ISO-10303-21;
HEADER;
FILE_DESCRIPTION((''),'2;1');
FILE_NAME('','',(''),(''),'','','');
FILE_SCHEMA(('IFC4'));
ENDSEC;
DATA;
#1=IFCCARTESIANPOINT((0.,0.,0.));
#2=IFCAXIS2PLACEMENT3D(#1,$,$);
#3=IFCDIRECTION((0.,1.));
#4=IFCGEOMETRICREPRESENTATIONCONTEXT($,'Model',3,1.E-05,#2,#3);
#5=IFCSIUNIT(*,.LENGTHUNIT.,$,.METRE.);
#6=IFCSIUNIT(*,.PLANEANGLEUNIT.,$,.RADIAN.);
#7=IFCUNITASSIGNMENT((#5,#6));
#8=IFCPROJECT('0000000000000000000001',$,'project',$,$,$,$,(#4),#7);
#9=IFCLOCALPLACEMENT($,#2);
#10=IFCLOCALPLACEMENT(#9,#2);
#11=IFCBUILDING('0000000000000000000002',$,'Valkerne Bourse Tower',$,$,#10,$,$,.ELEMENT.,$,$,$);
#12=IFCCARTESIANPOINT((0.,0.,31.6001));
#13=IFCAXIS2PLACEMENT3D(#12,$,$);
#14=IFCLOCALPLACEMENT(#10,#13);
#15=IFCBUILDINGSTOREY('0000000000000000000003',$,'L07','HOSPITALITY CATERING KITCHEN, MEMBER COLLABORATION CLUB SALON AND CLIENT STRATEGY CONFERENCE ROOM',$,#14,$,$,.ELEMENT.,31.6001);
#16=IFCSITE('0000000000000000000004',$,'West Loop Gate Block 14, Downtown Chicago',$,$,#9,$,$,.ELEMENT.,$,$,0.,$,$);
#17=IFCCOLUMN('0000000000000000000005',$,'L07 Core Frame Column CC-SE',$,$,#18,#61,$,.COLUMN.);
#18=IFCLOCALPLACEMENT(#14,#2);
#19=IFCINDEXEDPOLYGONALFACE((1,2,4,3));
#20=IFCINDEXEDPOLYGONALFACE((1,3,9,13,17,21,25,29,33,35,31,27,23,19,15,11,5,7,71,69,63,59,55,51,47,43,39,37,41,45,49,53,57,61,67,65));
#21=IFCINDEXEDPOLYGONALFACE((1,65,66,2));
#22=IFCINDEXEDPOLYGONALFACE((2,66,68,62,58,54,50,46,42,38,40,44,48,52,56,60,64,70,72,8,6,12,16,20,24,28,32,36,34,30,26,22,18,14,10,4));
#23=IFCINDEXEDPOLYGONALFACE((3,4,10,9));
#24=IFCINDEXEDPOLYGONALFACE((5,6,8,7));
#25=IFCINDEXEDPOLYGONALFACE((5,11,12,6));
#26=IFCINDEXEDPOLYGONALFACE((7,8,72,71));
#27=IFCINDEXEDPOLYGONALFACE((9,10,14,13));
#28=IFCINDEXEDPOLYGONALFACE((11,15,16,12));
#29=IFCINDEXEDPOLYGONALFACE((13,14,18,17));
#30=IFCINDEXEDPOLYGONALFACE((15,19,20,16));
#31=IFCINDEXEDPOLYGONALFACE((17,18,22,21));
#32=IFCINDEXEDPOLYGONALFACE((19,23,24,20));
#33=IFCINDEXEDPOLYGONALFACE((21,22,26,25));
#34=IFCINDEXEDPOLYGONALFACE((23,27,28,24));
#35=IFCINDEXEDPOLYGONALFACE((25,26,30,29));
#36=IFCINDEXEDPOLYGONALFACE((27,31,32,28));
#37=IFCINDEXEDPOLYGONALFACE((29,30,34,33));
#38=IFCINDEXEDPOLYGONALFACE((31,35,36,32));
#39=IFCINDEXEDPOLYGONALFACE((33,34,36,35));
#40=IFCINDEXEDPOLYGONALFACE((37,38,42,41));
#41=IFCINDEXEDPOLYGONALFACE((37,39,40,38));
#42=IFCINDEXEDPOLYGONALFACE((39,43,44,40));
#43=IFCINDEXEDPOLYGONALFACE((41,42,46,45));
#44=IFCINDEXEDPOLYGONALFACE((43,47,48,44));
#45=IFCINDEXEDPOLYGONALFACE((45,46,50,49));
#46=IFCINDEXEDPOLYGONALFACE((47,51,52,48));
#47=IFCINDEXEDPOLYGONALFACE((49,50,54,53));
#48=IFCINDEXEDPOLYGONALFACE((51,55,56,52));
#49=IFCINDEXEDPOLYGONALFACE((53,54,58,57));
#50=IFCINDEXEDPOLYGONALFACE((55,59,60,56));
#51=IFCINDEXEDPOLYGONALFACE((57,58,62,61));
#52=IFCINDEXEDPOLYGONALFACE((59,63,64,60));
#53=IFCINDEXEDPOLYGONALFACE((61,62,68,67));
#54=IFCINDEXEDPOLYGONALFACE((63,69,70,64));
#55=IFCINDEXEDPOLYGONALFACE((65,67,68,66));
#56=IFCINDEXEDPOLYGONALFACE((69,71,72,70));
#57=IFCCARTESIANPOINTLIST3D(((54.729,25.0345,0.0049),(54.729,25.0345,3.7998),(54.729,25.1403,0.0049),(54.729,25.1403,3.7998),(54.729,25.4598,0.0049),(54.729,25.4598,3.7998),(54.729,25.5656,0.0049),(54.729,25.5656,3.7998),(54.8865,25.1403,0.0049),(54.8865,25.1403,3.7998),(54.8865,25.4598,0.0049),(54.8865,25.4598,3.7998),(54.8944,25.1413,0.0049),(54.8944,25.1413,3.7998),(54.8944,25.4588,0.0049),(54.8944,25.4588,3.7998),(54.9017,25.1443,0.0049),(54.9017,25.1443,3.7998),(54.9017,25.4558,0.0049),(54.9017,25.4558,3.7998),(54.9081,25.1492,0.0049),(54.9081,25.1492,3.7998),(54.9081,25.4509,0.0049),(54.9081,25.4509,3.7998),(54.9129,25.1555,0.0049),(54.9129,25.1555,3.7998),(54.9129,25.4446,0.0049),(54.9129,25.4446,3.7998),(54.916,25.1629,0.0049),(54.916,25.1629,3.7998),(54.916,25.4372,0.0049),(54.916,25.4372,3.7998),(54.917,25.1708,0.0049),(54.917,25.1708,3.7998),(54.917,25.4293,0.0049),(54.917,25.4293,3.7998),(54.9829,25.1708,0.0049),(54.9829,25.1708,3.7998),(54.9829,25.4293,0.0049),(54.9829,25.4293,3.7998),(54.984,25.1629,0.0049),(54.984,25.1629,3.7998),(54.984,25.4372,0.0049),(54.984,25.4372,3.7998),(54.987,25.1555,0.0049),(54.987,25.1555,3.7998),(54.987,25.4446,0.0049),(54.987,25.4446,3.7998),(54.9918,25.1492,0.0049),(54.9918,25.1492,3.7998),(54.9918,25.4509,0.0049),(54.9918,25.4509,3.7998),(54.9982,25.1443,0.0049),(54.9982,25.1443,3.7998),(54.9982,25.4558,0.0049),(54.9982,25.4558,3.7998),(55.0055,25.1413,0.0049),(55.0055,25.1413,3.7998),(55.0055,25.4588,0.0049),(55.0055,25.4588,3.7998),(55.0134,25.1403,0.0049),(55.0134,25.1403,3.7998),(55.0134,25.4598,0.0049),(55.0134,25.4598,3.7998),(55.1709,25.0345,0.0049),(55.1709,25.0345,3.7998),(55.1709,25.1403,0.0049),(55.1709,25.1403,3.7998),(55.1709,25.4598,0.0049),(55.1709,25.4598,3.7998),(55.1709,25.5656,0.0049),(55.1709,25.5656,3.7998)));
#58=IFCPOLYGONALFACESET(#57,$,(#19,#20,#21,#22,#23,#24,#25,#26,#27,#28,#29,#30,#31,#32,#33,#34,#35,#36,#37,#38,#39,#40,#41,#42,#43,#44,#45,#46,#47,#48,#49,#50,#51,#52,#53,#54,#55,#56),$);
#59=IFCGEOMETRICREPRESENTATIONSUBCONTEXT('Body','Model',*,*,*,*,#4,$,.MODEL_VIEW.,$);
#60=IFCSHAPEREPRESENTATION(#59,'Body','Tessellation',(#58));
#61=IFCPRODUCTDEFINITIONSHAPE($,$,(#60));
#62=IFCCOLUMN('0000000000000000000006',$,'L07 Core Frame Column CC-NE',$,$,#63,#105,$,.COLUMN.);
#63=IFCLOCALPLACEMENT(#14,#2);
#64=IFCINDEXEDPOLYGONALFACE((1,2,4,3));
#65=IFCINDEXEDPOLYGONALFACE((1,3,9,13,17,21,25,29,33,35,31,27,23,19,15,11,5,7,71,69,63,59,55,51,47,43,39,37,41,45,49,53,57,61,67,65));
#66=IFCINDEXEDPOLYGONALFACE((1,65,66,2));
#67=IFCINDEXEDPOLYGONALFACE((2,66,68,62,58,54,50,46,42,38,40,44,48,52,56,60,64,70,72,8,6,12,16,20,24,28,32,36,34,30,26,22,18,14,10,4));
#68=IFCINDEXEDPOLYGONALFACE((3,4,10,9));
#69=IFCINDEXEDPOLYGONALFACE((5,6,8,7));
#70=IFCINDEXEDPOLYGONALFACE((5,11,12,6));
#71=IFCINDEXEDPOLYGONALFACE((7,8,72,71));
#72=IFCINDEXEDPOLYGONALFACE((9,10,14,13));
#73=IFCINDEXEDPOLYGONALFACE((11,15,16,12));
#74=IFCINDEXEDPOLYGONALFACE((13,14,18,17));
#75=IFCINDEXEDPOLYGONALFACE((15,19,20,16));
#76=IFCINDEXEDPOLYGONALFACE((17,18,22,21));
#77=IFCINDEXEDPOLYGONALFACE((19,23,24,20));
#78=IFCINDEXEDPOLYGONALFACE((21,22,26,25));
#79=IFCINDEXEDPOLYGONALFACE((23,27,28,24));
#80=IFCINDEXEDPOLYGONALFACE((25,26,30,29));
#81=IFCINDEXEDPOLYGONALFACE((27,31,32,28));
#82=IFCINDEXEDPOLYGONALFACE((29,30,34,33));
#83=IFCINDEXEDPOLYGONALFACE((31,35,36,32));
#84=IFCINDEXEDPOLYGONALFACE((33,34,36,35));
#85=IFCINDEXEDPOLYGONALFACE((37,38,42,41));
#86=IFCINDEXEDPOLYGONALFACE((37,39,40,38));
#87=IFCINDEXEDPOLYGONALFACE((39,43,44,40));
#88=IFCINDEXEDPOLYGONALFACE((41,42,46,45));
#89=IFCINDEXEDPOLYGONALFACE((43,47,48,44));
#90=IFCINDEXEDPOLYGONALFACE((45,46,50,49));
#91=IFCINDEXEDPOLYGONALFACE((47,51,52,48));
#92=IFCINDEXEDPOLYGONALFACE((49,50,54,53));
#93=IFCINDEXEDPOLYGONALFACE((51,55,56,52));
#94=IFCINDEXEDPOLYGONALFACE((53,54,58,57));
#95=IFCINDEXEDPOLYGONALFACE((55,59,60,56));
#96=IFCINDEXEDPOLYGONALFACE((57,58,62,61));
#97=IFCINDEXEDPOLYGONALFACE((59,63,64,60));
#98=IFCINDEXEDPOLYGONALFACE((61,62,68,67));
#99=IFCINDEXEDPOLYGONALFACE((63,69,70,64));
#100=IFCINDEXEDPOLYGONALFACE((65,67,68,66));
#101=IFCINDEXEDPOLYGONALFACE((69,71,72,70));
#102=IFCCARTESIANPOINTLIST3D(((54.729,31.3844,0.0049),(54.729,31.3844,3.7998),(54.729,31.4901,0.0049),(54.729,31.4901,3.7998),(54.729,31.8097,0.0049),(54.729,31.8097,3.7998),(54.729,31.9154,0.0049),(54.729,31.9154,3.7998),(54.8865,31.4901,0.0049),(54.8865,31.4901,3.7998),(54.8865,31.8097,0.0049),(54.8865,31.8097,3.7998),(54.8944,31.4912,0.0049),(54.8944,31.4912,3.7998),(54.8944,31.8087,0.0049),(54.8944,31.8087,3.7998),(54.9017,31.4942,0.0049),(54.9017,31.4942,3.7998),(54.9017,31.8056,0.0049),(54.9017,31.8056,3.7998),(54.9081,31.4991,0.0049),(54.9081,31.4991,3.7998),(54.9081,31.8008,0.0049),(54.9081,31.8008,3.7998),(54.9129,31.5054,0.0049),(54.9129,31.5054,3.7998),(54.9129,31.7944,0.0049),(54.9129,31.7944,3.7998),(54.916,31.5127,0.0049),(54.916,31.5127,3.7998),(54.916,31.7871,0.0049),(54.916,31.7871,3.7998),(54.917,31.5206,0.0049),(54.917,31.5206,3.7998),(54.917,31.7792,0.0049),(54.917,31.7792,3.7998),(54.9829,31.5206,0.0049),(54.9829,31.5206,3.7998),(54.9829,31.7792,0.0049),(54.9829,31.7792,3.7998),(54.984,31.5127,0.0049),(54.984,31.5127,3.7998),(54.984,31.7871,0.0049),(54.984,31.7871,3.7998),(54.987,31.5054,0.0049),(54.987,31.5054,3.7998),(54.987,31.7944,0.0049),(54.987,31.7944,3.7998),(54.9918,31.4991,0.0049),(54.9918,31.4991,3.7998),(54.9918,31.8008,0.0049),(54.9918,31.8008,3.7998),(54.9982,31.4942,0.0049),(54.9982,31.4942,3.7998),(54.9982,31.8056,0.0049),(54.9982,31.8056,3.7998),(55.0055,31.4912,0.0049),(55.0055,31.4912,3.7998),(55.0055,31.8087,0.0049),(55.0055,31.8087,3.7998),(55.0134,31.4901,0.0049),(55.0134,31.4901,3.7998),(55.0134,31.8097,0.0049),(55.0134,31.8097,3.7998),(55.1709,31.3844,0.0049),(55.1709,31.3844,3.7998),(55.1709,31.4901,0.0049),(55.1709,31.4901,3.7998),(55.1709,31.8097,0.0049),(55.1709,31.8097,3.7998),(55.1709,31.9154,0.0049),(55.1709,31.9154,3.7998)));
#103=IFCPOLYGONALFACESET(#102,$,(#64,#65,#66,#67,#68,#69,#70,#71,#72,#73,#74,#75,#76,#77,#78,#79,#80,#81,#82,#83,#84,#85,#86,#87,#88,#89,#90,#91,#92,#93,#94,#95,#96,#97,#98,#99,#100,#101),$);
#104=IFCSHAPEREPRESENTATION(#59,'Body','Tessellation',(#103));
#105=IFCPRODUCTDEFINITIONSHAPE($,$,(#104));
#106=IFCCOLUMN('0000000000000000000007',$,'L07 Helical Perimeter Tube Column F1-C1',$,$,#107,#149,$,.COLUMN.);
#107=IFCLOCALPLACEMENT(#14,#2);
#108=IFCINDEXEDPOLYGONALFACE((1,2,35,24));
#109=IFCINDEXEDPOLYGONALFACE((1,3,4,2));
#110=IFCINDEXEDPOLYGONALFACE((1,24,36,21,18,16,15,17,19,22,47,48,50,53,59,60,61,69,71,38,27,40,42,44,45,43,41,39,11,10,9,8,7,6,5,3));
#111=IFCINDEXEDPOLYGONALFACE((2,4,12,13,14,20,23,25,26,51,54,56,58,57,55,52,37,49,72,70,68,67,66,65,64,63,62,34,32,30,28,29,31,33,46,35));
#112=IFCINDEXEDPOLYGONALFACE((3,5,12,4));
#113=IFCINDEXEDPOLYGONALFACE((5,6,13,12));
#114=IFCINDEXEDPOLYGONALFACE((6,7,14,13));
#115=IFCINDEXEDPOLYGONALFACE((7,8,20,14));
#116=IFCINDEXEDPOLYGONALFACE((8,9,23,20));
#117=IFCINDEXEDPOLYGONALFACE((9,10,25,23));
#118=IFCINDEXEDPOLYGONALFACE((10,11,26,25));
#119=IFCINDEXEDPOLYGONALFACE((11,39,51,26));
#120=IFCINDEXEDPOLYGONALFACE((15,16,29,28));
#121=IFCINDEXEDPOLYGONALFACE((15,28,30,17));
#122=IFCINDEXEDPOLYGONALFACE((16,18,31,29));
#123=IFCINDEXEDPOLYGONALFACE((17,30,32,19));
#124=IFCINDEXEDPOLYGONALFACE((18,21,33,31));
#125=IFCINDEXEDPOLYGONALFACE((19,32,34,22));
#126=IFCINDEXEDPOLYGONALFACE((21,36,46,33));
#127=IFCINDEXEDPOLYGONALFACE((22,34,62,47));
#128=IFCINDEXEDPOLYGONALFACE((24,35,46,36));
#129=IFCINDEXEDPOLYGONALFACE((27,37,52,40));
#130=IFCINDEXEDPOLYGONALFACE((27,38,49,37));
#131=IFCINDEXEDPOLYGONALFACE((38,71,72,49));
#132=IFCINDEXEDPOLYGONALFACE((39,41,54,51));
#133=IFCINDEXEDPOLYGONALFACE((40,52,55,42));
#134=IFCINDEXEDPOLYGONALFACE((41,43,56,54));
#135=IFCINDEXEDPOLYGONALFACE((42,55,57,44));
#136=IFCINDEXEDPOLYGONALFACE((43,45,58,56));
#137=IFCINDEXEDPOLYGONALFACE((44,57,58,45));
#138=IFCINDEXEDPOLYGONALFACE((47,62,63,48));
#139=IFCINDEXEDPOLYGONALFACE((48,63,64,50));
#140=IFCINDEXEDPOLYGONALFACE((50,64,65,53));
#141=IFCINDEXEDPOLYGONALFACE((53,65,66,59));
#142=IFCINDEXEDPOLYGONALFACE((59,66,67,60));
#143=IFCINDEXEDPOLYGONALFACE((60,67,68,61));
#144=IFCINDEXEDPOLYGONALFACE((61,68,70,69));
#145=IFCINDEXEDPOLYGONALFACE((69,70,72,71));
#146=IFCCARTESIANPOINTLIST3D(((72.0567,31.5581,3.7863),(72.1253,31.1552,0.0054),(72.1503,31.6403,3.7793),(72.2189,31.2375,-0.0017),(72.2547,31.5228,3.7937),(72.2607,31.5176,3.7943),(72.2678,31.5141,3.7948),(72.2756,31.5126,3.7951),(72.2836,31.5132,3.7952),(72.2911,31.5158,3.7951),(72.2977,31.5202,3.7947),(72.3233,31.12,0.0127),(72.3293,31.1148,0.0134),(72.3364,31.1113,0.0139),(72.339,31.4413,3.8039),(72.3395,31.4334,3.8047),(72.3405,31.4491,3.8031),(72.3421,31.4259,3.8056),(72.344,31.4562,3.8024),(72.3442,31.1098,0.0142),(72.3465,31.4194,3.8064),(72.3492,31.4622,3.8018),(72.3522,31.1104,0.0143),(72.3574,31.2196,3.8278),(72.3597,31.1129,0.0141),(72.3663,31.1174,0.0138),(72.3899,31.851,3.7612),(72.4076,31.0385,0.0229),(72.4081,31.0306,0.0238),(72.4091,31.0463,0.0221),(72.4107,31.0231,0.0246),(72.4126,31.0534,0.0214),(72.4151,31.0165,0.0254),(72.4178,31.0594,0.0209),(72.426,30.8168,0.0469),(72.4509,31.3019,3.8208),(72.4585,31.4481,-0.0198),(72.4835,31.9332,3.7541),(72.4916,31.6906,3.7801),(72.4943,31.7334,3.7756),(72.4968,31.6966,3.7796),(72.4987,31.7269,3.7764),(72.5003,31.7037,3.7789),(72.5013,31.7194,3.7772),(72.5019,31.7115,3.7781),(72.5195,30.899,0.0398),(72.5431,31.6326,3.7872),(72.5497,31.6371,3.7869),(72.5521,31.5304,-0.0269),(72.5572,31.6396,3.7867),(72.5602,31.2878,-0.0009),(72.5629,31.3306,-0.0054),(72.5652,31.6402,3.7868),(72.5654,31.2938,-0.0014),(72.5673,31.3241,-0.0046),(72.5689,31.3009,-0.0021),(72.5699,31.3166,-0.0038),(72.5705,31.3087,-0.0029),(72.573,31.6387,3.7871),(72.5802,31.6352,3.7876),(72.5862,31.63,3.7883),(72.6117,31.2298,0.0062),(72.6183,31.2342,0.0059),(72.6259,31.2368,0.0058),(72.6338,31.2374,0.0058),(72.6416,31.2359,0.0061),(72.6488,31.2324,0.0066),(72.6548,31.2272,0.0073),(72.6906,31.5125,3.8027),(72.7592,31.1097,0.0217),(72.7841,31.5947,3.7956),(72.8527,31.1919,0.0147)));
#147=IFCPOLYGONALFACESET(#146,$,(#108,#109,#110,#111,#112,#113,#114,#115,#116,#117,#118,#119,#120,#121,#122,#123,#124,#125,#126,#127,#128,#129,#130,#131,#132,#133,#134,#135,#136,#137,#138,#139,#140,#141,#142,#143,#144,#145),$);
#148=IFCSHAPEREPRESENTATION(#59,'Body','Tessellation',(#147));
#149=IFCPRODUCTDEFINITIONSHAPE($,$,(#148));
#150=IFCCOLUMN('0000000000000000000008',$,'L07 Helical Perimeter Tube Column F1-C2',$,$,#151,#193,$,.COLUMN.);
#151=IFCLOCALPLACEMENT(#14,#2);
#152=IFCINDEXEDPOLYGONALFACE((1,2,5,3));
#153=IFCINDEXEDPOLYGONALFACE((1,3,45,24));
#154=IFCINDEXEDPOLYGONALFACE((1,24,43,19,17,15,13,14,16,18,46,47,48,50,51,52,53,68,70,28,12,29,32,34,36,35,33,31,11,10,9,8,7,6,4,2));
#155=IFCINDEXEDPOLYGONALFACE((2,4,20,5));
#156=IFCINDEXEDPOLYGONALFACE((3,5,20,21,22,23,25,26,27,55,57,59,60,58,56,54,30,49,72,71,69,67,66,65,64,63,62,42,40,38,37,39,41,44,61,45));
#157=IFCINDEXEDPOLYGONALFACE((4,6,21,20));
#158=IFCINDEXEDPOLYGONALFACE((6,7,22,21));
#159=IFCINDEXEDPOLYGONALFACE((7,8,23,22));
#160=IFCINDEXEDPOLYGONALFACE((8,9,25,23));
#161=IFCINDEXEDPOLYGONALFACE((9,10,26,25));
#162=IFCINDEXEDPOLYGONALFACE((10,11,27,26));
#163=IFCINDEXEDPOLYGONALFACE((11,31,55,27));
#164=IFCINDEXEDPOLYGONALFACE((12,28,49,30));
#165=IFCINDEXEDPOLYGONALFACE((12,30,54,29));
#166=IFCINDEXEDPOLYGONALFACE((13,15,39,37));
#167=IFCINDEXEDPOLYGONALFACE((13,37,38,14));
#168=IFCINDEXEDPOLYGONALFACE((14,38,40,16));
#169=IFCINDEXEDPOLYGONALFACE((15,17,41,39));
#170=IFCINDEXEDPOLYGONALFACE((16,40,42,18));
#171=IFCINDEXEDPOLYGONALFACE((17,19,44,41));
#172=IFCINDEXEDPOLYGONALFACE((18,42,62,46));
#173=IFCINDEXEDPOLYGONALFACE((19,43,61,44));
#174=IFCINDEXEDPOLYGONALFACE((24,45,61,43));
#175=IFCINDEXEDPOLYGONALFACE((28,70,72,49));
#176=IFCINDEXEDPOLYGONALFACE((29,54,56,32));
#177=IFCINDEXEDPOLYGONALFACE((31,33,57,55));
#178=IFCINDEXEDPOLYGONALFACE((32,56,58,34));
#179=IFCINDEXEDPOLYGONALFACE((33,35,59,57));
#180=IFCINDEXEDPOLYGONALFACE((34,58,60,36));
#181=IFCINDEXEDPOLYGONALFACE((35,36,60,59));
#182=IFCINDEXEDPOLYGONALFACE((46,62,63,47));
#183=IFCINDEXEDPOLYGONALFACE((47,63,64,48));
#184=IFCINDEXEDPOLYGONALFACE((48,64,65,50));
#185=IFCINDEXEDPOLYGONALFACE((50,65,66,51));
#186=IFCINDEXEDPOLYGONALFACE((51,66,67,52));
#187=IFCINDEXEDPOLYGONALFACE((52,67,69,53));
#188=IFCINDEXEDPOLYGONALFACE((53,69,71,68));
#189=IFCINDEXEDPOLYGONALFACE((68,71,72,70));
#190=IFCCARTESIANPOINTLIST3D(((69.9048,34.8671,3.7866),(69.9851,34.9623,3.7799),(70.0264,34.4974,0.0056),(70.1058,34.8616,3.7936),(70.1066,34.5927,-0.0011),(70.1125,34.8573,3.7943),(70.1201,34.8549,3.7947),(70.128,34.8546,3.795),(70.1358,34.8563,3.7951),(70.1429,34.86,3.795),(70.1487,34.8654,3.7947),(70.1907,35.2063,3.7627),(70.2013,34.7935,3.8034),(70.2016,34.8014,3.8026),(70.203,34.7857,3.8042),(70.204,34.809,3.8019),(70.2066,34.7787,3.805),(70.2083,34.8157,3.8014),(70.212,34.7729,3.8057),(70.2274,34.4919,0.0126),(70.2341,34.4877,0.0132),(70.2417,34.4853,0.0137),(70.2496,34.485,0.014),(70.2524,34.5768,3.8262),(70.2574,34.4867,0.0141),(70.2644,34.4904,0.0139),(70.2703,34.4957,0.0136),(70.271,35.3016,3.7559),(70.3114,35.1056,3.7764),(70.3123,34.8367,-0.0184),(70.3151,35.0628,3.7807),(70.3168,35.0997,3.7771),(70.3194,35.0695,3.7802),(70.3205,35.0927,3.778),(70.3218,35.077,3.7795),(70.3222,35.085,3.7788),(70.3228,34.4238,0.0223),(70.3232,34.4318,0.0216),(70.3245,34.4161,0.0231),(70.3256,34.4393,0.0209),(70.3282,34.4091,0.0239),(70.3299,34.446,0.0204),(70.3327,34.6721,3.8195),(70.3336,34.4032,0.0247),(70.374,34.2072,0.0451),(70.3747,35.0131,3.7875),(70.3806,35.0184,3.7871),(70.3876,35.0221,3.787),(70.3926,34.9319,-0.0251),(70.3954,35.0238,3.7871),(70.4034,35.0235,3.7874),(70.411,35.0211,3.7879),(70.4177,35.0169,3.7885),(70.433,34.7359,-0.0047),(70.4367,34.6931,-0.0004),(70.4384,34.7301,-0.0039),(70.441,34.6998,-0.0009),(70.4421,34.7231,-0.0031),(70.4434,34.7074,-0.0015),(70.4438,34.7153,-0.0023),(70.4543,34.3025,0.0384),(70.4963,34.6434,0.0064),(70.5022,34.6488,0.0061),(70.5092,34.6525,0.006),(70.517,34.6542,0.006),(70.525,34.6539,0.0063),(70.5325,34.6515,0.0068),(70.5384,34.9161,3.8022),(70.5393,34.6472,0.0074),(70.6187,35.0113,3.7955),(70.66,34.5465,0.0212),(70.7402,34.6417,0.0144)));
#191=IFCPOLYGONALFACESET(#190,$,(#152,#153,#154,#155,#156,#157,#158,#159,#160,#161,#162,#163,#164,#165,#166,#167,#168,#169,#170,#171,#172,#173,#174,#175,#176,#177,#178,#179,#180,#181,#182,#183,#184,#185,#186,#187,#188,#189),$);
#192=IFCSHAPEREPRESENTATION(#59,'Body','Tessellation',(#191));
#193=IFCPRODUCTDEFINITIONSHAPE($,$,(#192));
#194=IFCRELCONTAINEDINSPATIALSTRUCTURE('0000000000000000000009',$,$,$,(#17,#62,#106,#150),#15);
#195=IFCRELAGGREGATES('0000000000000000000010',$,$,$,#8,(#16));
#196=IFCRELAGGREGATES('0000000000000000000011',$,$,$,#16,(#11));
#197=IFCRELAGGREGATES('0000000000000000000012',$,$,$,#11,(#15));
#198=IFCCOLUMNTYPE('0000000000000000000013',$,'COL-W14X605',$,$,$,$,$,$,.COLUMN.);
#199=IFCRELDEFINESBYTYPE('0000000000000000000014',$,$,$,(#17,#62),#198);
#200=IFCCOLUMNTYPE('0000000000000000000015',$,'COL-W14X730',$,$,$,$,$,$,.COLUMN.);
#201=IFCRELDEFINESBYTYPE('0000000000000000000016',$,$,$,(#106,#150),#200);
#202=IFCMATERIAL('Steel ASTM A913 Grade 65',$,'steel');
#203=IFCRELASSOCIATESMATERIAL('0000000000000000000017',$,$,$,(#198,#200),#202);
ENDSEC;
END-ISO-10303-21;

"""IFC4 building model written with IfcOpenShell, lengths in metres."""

from ifc_helpers import new_model, si_unit, direction, frame, origin, origin_2d, place, context, subcontext, project, spatial, i_section, extrude, material, material_profile, profile_set, type_object, element, save


model = new_model("IFC4")

# Units and contexts
model_context = context("Model", 3, precision=1e-05, world=origin(), true_north=direction((0.0, 1.0)))
body_context = subcontext(model_context, "Body", "Model", "MODEL_VIEW")
ifc_project = project(units=[si_unit("LENGTHUNIT", "METRE"), si_unit("PLANEANGLEUNIT", "RADIAN")], contexts=[model_context])

# Site, building, storey
site_placement = place(None, origin())
site = spatial("IfcSite", under=ifc_project, at=site_placement, Name="West Loop Gate Block 14, Downtown Chicago", CompositionType="ELEMENT", RefElevation=0.0)
building_placement = place(site_placement, origin())
building = spatial("IfcBuilding", under=site, at=building_placement, Name="Valkerne Bourse Tower", CompositionType="ELEMENT")
storey_placement = place(building_placement, frame((0.0, 0.0, 31.6001)))
storey = spatial("IfcBuildingStorey", under=building, at=storey_placement, Name="L07", Description="HOSPITALITY CATERING KITCHEN, MEMBER COLLABORATION CLUB SALON AND CLIENT STRATEGY CONFERENCE ROOM", CompositionType="ELEMENT", Elevation=31.6001)

# Columns
ifc_material_1 = material(Name="Steel ASTM A913 Grade 65", Category="steel")
ifc_material_profile_1 = material_profile(ifc_material_1, i_section(OverallWidth=0.4419, OverallDepth=0.531, WebThickness=0.0659, FlangeThickness=0.1057, FilletRadius=0.0305, at=origin_2d()), Name="W14X605")
ifc_profile_set_1 = profile_set([ifc_material_profile_1], Name="Steel ASTM A913 Grade 65")
column_type_1 = type_object("IfcColumnType", Name="COL-W14X605", PredefinedType="COLUMN", material=ifc_profile_set_1)
for number, where, z_axis, x_axis, name in (
    (1, (54.95, 25.3, 0.0049), (0.0, 0.0, 1.0), (1.0, 0.0, 0.0), "L07 Core Frame Column CC-SE"),
    (2, (54.95, 31.6499, 0.0049), (0.0, 0.0, 1.0), (1.0, 0.0, 0.0), "L07 Core Frame Column CC-NE"),
):
    element("IfcColumn", number, at=place(storey_placement, frame(where, z_axis=z_axis, x_axis=x_axis)), inside=storey, type_object=column_type_1, Name=name, PredefinedType="COLUMN", context=body_context, shape_type="SweptSolid", body=[
        extrude(i_section(OverallWidth=0.4419, OverallDepth=0.531, WebThickness=0.0659, FlangeThickness=0.1057, FilletRadius=0.0305, at=origin_2d()), origin(), (0.0, 0.0, 1.0), 3.7949),
    ])
ifc_material_profile_2 = material_profile(ifc_material_1, i_section(OverallWidth=0.4546, OverallDepth=0.5691, WebThickness=0.0779, FlangeThickness=0.1248, FilletRadius=0.0305, at=origin_2d()), Name="W14X730")
ifc_profile_set_2 = profile_set([ifc_material_profile_2], Name="Steel ASTM A913 Grade 65")
column_type_2 = type_object("IfcColumnType", Name="COL-W14X730", PredefinedType="COLUMN", material=ifc_profile_set_2)
column_1_placement = place(storey_placement, frame((72.489, 31.1736, 0.01), z_axis=(-0.018039, 0.105924, 0.994211), x_axis=(0.661335, -0.744511, 0.09132)))
element("IfcColumn", 3, at=column_1_placement, inside=storey, type_object=column_type_2, Name="L07 Helical Perimeter Tube Column F1-C1", PredefinedType="COLUMN", context=body_context, shape_type="SweptSolid", body=[
    extrude(i_section(OverallWidth=0.4546, OverallDepth=0.5691, WebThickness=0.0779, FlangeThickness=0.1248, FilletRadius=0.0305, at=origin_2d()), origin(), (0.0, 0.0, 1.0), 3.803),
])
column_2_placement = place(storey_placement, frame((70.3833, 34.5696, 0.01), z_axis=(-0.031987, 0.097246, 0.994746), x_axis=(0.764734, -0.638445, 0.087005)))
element("IfcColumn", 4, at=column_2_placement, inside=storey, type_object=column_type_2, Name="L07 Helical Perimeter Tube Column F1-C2", PredefinedType="COLUMN", context=body_context, shape_type="SweptSolid", body=[
    extrude(i_section(OverallWidth=0.4546, OverallDepth=0.5691, WebThickness=0.0779, FlangeThickness=0.1248, FilletRadius=0.0305, at=origin_2d()), origin(), (0.0, 0.0, 1.0), 3.801),
])

save(model, "model.ifc")
